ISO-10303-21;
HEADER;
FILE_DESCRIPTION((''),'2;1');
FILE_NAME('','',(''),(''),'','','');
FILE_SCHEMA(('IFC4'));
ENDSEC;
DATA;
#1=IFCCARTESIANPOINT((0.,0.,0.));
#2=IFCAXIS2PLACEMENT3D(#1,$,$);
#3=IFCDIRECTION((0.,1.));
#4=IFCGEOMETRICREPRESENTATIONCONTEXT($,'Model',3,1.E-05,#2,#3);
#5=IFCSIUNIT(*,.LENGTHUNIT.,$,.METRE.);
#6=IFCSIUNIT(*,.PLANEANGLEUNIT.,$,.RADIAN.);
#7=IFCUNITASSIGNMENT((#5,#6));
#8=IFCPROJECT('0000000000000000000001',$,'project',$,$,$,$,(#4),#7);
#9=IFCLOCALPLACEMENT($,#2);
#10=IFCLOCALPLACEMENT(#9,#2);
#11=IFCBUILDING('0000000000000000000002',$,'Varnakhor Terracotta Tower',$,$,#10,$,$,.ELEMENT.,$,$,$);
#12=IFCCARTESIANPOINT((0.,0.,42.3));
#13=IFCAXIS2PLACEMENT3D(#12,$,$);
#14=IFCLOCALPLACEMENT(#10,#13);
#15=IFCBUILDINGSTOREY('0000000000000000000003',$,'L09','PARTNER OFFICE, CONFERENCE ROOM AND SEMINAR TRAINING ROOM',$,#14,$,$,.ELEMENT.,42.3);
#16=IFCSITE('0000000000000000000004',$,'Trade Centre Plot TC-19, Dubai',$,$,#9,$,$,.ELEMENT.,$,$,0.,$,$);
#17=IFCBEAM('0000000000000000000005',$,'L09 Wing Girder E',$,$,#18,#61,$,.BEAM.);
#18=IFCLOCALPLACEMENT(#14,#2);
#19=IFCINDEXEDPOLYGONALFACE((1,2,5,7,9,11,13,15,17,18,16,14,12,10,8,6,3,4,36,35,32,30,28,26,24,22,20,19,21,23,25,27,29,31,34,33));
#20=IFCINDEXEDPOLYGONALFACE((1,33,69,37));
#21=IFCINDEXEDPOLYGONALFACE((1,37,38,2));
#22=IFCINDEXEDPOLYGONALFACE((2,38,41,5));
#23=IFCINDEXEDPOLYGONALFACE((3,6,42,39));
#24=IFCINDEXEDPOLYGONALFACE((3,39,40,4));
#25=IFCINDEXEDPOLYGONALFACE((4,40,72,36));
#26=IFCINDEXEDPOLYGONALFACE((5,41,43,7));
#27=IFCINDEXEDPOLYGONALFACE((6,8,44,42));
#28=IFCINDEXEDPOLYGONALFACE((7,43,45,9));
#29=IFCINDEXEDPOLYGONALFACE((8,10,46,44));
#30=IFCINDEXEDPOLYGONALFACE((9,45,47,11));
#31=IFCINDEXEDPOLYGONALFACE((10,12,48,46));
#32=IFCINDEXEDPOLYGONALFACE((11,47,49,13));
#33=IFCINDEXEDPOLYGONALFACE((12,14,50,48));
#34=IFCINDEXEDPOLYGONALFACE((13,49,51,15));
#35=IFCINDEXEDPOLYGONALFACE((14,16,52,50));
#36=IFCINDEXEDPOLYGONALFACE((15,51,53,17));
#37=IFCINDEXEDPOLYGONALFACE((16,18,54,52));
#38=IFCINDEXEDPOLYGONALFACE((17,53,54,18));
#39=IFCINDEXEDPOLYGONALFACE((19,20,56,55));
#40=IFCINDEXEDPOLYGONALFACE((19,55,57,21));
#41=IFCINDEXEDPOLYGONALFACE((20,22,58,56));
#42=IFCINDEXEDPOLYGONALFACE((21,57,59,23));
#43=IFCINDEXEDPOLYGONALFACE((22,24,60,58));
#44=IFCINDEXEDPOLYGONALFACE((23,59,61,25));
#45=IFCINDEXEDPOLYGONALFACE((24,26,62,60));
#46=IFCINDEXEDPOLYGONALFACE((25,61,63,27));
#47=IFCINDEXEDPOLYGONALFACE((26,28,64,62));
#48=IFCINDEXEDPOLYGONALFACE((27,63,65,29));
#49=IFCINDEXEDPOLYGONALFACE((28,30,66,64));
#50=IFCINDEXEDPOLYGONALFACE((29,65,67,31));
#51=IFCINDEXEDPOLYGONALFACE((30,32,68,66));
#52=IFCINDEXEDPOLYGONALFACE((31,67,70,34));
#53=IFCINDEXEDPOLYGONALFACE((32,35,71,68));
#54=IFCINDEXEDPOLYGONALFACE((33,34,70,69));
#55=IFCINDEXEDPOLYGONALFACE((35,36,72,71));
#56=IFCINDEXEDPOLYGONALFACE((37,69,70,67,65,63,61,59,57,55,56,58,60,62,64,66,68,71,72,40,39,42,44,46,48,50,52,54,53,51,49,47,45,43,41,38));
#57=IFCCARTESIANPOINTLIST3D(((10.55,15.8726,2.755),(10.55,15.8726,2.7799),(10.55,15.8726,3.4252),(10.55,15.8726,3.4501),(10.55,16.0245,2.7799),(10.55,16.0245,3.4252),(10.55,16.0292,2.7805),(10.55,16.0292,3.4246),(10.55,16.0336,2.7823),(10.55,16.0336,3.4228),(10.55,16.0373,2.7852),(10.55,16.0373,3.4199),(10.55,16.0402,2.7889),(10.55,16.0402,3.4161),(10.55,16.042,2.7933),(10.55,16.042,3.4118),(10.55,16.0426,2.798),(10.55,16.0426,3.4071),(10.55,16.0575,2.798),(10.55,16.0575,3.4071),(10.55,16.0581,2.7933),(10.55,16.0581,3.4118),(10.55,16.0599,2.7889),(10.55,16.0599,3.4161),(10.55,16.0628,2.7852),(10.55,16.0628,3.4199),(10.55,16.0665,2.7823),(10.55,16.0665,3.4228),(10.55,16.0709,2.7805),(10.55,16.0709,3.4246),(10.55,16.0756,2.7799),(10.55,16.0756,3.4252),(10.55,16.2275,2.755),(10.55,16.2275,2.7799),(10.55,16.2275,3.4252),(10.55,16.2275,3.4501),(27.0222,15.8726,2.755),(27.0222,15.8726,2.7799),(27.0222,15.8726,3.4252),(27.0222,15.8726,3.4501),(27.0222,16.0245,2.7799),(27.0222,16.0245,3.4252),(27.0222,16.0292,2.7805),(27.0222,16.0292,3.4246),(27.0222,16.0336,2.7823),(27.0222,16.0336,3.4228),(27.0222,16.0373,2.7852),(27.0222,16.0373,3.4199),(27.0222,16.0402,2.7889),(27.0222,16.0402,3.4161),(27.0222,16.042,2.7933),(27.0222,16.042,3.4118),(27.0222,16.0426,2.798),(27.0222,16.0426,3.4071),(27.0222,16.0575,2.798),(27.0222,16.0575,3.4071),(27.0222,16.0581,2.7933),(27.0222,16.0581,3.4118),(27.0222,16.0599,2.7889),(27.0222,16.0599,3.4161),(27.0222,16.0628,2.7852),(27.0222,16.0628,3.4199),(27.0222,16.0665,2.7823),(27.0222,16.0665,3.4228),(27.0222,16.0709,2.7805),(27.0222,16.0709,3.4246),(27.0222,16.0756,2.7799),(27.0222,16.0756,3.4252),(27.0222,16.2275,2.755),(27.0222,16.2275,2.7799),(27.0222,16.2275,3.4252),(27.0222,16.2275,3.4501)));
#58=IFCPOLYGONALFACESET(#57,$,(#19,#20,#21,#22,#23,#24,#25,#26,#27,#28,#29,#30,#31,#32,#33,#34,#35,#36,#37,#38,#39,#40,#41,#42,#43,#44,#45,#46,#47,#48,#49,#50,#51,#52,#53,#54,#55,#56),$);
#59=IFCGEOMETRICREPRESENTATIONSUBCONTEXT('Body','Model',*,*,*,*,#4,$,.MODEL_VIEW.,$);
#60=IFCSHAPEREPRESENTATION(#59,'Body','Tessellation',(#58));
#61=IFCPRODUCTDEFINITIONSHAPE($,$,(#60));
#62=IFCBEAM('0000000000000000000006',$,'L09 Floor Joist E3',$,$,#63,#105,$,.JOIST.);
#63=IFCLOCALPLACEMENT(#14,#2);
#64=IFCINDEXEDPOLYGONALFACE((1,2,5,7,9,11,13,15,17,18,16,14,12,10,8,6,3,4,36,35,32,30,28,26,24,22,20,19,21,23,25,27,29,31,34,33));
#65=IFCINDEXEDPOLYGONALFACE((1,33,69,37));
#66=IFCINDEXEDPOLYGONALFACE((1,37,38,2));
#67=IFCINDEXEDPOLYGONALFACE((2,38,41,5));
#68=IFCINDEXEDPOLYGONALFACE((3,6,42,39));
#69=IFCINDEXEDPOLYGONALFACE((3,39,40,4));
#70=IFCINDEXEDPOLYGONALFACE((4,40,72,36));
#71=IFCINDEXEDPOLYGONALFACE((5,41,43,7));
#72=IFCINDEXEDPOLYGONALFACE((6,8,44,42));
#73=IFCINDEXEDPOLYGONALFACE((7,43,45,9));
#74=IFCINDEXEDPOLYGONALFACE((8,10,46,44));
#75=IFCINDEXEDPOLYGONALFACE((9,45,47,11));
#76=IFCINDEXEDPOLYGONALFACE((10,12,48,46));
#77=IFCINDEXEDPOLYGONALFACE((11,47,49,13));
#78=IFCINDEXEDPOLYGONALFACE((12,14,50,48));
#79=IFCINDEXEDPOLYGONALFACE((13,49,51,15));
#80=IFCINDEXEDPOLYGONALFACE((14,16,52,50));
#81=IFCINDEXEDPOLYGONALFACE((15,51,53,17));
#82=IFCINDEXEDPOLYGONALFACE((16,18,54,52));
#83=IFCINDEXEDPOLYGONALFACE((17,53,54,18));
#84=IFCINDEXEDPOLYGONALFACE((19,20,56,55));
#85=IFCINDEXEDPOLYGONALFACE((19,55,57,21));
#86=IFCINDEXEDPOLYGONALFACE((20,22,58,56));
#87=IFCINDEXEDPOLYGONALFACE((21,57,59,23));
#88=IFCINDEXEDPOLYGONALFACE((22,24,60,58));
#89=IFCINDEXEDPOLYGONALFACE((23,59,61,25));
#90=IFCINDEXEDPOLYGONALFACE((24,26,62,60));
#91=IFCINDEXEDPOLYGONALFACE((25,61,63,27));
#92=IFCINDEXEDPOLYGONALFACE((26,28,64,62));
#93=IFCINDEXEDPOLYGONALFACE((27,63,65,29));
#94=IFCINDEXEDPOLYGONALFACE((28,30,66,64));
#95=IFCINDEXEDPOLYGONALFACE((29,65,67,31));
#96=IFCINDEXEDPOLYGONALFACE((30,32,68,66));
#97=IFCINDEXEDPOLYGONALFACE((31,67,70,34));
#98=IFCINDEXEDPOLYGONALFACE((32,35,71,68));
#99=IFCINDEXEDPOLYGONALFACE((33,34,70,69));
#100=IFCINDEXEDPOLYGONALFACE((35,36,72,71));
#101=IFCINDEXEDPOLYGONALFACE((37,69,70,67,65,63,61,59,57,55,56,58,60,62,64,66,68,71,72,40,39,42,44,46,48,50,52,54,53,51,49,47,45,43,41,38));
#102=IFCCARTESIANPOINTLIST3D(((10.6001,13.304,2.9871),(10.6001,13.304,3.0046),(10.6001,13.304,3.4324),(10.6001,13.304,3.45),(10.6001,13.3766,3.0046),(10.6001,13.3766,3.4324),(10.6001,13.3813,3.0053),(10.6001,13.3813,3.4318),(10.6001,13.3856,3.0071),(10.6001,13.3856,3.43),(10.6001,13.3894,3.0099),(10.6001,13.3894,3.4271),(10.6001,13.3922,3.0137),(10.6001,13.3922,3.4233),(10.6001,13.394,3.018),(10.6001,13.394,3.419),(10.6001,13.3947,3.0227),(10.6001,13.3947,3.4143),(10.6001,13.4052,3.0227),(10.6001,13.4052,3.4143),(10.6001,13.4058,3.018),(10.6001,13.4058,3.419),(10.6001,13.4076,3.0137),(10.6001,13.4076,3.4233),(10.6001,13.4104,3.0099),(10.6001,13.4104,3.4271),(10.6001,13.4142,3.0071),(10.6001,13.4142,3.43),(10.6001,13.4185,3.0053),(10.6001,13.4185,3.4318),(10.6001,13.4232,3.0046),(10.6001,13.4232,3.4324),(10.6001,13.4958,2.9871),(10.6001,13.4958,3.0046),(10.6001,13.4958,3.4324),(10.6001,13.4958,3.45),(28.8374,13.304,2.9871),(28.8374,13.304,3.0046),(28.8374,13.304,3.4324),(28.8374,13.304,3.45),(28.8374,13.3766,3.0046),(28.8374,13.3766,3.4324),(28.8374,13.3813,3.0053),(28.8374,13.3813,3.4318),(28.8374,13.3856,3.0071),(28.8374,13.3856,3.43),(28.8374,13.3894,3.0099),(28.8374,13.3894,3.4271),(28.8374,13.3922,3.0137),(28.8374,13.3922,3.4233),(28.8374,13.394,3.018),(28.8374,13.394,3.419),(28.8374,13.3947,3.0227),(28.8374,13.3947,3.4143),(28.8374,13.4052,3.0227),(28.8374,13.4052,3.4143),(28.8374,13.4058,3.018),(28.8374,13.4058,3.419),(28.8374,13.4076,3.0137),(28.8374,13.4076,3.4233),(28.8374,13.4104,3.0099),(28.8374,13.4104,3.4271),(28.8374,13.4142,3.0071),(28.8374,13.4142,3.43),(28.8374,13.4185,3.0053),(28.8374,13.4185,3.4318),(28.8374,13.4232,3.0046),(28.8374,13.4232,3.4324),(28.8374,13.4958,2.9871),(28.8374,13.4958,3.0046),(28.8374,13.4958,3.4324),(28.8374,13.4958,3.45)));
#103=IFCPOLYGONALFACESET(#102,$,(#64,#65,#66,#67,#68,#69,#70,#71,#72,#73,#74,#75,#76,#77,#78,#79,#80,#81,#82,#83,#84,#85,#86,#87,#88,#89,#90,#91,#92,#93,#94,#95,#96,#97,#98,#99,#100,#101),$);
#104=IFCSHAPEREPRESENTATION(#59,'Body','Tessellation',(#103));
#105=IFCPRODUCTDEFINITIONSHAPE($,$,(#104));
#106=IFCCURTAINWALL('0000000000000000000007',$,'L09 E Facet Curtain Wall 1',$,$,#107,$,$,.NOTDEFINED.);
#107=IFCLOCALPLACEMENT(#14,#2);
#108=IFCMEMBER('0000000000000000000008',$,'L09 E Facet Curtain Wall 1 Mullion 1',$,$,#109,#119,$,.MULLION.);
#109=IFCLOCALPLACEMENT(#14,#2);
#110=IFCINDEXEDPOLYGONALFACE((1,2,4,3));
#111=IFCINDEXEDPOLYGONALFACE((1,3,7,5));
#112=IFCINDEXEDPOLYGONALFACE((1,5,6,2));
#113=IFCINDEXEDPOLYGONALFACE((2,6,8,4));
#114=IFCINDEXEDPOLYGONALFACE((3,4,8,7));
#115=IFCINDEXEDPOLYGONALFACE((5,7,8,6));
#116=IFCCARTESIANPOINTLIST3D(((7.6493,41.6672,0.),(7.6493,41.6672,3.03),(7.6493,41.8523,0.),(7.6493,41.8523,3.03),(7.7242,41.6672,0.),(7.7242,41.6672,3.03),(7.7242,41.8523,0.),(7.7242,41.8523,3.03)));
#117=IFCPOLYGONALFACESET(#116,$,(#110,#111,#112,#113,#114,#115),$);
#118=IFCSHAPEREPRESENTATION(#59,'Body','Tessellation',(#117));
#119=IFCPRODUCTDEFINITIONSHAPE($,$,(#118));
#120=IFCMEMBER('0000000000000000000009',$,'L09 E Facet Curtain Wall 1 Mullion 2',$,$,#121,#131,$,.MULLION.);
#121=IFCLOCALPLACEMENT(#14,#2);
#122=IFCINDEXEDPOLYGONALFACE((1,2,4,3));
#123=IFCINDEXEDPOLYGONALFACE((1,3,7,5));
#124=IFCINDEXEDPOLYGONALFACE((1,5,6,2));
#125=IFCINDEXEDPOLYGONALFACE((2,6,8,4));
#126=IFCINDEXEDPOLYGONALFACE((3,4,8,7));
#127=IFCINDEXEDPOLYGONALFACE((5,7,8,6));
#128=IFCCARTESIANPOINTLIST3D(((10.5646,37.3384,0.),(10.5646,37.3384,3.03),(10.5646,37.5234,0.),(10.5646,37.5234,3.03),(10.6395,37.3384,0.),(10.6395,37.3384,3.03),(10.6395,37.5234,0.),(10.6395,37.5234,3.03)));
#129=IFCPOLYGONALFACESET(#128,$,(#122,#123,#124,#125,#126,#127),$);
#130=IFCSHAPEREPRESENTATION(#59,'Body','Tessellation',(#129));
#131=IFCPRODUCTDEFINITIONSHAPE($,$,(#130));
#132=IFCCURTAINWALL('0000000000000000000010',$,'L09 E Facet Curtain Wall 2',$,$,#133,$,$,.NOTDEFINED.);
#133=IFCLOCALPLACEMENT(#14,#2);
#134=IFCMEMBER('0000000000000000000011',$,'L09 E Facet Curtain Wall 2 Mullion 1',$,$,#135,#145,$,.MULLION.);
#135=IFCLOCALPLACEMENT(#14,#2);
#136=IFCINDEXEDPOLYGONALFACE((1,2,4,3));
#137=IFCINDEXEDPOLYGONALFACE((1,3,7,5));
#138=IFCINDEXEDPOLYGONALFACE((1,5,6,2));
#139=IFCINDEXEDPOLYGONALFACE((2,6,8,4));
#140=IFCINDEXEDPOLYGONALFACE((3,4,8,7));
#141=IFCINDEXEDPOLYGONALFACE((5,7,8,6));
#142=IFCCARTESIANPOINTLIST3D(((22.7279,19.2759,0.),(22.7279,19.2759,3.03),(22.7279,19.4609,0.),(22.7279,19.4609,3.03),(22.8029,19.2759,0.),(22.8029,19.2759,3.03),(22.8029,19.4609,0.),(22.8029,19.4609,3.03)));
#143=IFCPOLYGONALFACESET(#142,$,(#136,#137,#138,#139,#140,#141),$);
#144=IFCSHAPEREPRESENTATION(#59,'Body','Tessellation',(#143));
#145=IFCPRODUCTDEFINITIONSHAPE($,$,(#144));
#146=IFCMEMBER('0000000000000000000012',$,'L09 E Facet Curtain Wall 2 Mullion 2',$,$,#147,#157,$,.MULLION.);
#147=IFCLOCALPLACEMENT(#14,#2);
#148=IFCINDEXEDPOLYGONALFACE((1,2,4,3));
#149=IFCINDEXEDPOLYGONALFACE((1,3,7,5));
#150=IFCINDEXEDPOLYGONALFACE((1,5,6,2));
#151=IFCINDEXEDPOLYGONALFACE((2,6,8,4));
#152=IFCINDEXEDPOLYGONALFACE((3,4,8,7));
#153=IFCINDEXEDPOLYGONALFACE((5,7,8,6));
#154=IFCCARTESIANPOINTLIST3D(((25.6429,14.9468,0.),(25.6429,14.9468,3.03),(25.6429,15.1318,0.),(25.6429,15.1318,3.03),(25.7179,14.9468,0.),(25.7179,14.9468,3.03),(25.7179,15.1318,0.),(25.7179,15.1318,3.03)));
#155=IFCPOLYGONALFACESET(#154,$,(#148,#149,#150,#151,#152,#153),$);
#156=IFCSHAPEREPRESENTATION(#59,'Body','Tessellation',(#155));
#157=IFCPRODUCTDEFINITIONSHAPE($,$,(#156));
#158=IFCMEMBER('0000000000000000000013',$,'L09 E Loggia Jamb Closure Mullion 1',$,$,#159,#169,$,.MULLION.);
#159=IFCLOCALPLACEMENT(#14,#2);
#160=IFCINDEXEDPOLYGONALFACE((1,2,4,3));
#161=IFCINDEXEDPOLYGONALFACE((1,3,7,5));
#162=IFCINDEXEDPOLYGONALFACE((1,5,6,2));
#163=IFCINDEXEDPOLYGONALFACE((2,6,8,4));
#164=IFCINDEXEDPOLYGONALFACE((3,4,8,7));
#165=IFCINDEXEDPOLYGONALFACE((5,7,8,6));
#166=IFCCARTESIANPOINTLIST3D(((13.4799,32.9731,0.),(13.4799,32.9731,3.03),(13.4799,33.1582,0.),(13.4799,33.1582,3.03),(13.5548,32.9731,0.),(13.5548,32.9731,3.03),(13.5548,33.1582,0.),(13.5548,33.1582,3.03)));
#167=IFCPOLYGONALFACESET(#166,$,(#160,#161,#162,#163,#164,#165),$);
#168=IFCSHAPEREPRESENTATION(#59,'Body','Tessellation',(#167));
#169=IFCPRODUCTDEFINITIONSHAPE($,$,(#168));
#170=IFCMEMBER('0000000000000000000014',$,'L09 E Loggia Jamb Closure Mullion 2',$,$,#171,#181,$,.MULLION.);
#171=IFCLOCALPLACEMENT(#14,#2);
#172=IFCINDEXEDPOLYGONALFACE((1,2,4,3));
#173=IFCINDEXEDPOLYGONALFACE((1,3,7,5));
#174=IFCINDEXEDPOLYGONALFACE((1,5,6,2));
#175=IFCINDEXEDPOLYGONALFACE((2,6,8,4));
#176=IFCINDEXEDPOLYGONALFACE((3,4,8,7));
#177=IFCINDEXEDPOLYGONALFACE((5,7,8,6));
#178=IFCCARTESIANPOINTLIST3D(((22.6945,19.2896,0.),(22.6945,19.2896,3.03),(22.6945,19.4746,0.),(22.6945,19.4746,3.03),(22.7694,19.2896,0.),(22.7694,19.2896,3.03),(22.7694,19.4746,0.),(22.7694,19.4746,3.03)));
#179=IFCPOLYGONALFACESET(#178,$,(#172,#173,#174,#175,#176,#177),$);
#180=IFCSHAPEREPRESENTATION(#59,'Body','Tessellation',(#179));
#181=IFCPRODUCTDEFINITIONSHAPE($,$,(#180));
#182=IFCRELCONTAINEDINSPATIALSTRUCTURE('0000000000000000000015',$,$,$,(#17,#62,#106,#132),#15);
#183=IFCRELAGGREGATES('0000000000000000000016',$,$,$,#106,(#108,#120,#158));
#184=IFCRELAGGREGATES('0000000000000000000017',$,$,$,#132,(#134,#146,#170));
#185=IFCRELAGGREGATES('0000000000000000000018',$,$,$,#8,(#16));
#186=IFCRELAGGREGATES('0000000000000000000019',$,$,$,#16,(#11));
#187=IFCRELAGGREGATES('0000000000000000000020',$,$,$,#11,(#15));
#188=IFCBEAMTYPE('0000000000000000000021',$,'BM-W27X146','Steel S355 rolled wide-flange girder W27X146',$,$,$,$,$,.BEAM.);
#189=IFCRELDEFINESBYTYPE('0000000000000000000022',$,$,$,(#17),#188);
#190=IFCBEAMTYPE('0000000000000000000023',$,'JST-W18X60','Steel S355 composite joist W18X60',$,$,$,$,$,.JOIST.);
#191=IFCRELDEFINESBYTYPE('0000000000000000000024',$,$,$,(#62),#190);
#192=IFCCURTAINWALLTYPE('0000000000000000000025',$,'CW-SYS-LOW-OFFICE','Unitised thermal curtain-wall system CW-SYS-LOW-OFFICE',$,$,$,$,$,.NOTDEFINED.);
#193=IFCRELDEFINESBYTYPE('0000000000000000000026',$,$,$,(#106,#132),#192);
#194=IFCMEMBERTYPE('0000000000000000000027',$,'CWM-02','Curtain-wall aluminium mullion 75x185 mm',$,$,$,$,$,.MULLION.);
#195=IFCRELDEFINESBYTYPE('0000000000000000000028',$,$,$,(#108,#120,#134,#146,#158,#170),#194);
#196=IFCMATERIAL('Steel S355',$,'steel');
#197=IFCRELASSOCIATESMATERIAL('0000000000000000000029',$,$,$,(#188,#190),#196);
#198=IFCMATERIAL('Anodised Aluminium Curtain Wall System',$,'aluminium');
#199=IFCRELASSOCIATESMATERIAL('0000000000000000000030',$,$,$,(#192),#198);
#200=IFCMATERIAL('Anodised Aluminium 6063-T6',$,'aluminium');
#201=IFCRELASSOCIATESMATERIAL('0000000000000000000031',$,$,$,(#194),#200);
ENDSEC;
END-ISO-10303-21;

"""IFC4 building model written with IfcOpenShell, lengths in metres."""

from ifc_helpers import new_model, si_unit, direction, frame, origin, origin_2d, place, context, subcontext, project, spatial, rectangle, i_section, extrude, source, transform, mapped, material, material_profile, profile_set, type_object, type_shapes, element, aggregate, save


model = new_model("IFC4")

# Units and contexts
model_context = context("Model", 3, precision=1e-05, world=origin(), true_north=direction((0.0, 1.0)))
body_context = subcontext(model_context, "Body", "Model", "MODEL_VIEW")
ifc_project = project(units=[si_unit("LENGTHUNIT", "METRE"), si_unit("PLANEANGLEUNIT", "RADIAN")], contexts=[model_context])

# Site, building, storey
site_placement = place(None, origin())
site = spatial("IfcSite", under=ifc_project, at=site_placement, Name="Trade Centre Plot TC-19, Dubai", CompositionType="ELEMENT", RefElevation=0.0)
building_placement = place(site_placement, origin())
building = spatial("IfcBuilding", under=site, at=building_placement, Name="Varnakhor Terracotta Tower", CompositionType="ELEMENT")
storey_placement = place(building_placement, frame((0.0, 0.0, 42.3)))
storey = spatial("IfcBuildingStorey", under=building, at=storey_placement, Name="L09", Description="PARTNER OFFICE, CONFERENCE ROOM AND SEMINAR TRAINING ROOM", CompositionType="ELEMENT", Elevation=42.3)

# Beams
ifc_material_1 = material(Name="Steel S355", Category="steel")
ifc_material_profile_1 = material_profile(ifc_material_1, i_section(OverallWidth=0.355, OverallDepth=0.6951, WebThickness=0.0149, FlangeThickness=0.0249, FilletRadius=0.0181, at=origin_2d()), Name="W27X146")
ifc_profile_set_1 = profile_set([ifc_material_profile_1], Name="Steel S355")
beam_type_1 = type_object("IfcBeamType", Name="BM-W27X146", Description="Steel S355 rolled wide-flange girder W27X146", PredefinedType="BEAM", material=ifc_profile_set_1)
shared_shape_1 = source(origin(), body_context, "Body", "SweptSolid", [
    extrude(i_section(OverallWidth=0.355, OverallDepth=0.6951, WebThickness=0.0149, FlangeThickness=0.0249, FilletRadius=0.0181, at=origin_2d()), origin(), (0.0, 0.0, 1.0), 16.4722),
])
beam_1_placement = place(storey_placement, frame((10.55, 16.05, 3.1025), z_axis=(1.0, 0.0, 0.0), x_axis=(0.0, 1.0, 0.0)))
element("IfcBeam", 1, at=beam_1_placement, inside=storey, type_object=beam_type_1, Name="L09 Wing Girder E", PredefinedType="BEAM", context=body_context, shape_type="MappedRepresentation", body=[
    mapped(shared_shape_1, transform((0.0, 0.0, 0.0), scale=1.0)),
])
ifc_material_profile_2 = material_profile(ifc_material_1, i_section(OverallWidth=0.1919, OverallDepth=0.4629, WebThickness=0.0105, FlangeThickness=0.0176, FilletRadius=0.0181, at=origin_2d()), Name="W18X60")
ifc_profile_set_2 = profile_set([ifc_material_profile_2], Name="Steel S355")
beam_type_2 = type_object("IfcBeamType", Name="JST-W18X60", Description="Steel S355 composite joist W18X60", PredefinedType="JOIST", material=ifc_profile_set_2)
shared_shape_2 = source(origin(), body_context, "Body", "SweptSolid", [
    extrude(i_section(OverallWidth=0.1919, OverallDepth=0.4629, WebThickness=0.0105, FlangeThickness=0.0176, FilletRadius=0.0181, at=origin_2d()), origin(), (0.0, 0.0, 1.0), 18.2373),
])
beam_2_placement = place(storey_placement, frame((10.6001, 13.3999, 3.2185), z_axis=(1.0, 0.0, 0.0), x_axis=(0.0, 1.0, 0.0)))
element("IfcBeam", 2, at=beam_2_placement, inside=storey, type_object=beam_type_2, Name="L09 Floor Joist E3", PredefinedType="JOIST", context=body_context, shape_type="MappedRepresentation", body=[
    mapped(shared_shape_2, transform((0.0, 0.0, 0.0), scale=1.0)),
])

# Curtain walls, members
ifc_material_2 = material(Name="Anodised Aluminium Curtain Wall System", Category="aluminium")
curtain_wall_type = type_object("IfcCurtainWallType", Name="CW-SYS-LOW-OFFICE", Description="Unitised thermal curtain-wall system CW-SYS-LOW-OFFICE", PredefinedType="NOTDEFINED", material=ifc_material_2)
curtain_wall_1_placement = place(storey_placement, origin())
curtain_wall_1 = element("IfcCurtainWall", 3, at=curtain_wall_1_placement, inside=storey, type_object=curtain_wall_type, Name="L09 E Facet Curtain Wall 1", PredefinedType="NOTDEFINED")
ifc_material_3 = material(Name="Anodised Aluminium 6063-T6", Category="aluminium")
ifc_material_profile_3 = material_profile(ifc_material_3, rectangle(XDim=0.075, YDim=0.1851, at=origin_2d()), Name="ALU MULLION 75x185")
ifc_profile_set_3 = profile_set([ifc_material_profile_3], Name="Anodised Aluminium 6063-T6")
member_type_1 = type_object("IfcMemberType", Name="CWM-02", Description="Curtain-wall aluminium mullion 75x185 mm", PredefinedType="MULLION", material=ifc_profile_set_3)
shared_shape_3 = source(origin(), body_context, "Body", "SweptSolid", [
    extrude(rectangle(XDim=0.075, YDim=0.1851, at=origin_2d()), origin(), (0.0, 0.0, 1.0), 3.03),
])
type_shapes(member_type_1, [shared_shape_3])
member_1_placement = place(storey_placement, frame((7.6868, 41.7598, 0.0), z_axis=(0.0, 0.0, 1.0), x_axis=(1.0, 0.0, 0.0)))
member_1 = element("IfcMember", 4, at=member_1_placement, type_object=member_type_1, Name="L09 E Facet Curtain Wall 1 Mullion 1", PredefinedType="MULLION", context=body_context, shape_type="MappedRepresentation", body=[
    mapped(shared_shape_3, transform((0.0, 0.0, 0.0), scale=1.0)),
])
member_2_placement = place(storey_placement, frame((10.6021, 37.4309, 0.0), z_axis=(0.0, 0.0, 1.0), x_axis=(1.0, 0.0, 0.0)))
member_2 = element("IfcMember", 5, at=member_2_placement, type_object=member_type_1, Name="L09 E Facet Curtain Wall 1 Mullion 2", PredefinedType="MULLION", context=body_context, shape_type="MappedRepresentation", body=[
    mapped(shared_shape_3, transform((0.0, 0.0, 0.0), scale=1.0)),
])
curtain_wall_2_placement = place(storey_placement, origin())
curtain_wall_2 = element("IfcCurtainWall", 6, at=curtain_wall_2_placement, inside=storey, type_object=curtain_wall_type, Name="L09 E Facet Curtain Wall 2", PredefinedType="NOTDEFINED")
member_3_placement = place(storey_placement, frame((22.7654, 19.3684, 0.0), z_axis=(0.0, 0.0, 1.0), x_axis=(1.0, 0.0, 0.0)))
member_3 = element("IfcMember", 7, at=member_3_placement, type_object=member_type_1, Name="L09 E Facet Curtain Wall 2 Mullion 1", PredefinedType="MULLION", context=body_context, shape_type="MappedRepresentation", body=[
    mapped(shared_shape_3, transform((0.0, 0.0, 0.0), scale=1.0)),
])
member_4_placement = place(storey_placement, frame((25.6804, 15.0393, 0.0), z_axis=(0.0, 0.0, 1.0), x_axis=(1.0, 0.0, 0.0)))
member_4 = element("IfcMember", 8, at=member_4_placement, type_object=member_type_1, Name="L09 E Facet Curtain Wall 2 Mullion 2", PredefinedType="MULLION", context=body_context, shape_type="MappedRepresentation", body=[
    mapped(shared_shape_3, transform((0.0, 0.0, 0.0), scale=1.0)),
])

# Members
member_5_placement = place(storey_placement, frame((13.5173, 33.0657, 0.0), z_axis=(0.0, 0.0, 1.0), x_axis=(1.0, 0.0, 0.0)))
member_5 = element("IfcMember", 9, at=member_5_placement, type_object=member_type_1, Name="L09 E Loggia Jamb Closure Mullion 1", PredefinedType="MULLION", context=body_context, shape_type="MappedRepresentation", body=[
    mapped(shared_shape_3, transform((0.0, 0.0, 0.0), scale=1.0)),
])
member_6_placement = place(storey_placement, frame((22.7319, 19.3821, 0.0), z_axis=(0.0, 0.0, 1.0), x_axis=(1.0, 0.0, 0.0)))
member_6 = element("IfcMember", 10, at=member_6_placement, type_object=member_type_1, Name="L09 E Loggia Jamb Closure Mullion 2", PredefinedType="MULLION", context=body_context, shape_type="MappedRepresentation", body=[
    mapped(shared_shape_3, transform((0.0, 0.0, 0.0), scale=1.0)),
])

aggregate(curtain_wall_1, [member_1, member_2, member_5])
aggregate(curtain_wall_2, [member_3, member_4, member_6])

save(model, "model.ifc")
